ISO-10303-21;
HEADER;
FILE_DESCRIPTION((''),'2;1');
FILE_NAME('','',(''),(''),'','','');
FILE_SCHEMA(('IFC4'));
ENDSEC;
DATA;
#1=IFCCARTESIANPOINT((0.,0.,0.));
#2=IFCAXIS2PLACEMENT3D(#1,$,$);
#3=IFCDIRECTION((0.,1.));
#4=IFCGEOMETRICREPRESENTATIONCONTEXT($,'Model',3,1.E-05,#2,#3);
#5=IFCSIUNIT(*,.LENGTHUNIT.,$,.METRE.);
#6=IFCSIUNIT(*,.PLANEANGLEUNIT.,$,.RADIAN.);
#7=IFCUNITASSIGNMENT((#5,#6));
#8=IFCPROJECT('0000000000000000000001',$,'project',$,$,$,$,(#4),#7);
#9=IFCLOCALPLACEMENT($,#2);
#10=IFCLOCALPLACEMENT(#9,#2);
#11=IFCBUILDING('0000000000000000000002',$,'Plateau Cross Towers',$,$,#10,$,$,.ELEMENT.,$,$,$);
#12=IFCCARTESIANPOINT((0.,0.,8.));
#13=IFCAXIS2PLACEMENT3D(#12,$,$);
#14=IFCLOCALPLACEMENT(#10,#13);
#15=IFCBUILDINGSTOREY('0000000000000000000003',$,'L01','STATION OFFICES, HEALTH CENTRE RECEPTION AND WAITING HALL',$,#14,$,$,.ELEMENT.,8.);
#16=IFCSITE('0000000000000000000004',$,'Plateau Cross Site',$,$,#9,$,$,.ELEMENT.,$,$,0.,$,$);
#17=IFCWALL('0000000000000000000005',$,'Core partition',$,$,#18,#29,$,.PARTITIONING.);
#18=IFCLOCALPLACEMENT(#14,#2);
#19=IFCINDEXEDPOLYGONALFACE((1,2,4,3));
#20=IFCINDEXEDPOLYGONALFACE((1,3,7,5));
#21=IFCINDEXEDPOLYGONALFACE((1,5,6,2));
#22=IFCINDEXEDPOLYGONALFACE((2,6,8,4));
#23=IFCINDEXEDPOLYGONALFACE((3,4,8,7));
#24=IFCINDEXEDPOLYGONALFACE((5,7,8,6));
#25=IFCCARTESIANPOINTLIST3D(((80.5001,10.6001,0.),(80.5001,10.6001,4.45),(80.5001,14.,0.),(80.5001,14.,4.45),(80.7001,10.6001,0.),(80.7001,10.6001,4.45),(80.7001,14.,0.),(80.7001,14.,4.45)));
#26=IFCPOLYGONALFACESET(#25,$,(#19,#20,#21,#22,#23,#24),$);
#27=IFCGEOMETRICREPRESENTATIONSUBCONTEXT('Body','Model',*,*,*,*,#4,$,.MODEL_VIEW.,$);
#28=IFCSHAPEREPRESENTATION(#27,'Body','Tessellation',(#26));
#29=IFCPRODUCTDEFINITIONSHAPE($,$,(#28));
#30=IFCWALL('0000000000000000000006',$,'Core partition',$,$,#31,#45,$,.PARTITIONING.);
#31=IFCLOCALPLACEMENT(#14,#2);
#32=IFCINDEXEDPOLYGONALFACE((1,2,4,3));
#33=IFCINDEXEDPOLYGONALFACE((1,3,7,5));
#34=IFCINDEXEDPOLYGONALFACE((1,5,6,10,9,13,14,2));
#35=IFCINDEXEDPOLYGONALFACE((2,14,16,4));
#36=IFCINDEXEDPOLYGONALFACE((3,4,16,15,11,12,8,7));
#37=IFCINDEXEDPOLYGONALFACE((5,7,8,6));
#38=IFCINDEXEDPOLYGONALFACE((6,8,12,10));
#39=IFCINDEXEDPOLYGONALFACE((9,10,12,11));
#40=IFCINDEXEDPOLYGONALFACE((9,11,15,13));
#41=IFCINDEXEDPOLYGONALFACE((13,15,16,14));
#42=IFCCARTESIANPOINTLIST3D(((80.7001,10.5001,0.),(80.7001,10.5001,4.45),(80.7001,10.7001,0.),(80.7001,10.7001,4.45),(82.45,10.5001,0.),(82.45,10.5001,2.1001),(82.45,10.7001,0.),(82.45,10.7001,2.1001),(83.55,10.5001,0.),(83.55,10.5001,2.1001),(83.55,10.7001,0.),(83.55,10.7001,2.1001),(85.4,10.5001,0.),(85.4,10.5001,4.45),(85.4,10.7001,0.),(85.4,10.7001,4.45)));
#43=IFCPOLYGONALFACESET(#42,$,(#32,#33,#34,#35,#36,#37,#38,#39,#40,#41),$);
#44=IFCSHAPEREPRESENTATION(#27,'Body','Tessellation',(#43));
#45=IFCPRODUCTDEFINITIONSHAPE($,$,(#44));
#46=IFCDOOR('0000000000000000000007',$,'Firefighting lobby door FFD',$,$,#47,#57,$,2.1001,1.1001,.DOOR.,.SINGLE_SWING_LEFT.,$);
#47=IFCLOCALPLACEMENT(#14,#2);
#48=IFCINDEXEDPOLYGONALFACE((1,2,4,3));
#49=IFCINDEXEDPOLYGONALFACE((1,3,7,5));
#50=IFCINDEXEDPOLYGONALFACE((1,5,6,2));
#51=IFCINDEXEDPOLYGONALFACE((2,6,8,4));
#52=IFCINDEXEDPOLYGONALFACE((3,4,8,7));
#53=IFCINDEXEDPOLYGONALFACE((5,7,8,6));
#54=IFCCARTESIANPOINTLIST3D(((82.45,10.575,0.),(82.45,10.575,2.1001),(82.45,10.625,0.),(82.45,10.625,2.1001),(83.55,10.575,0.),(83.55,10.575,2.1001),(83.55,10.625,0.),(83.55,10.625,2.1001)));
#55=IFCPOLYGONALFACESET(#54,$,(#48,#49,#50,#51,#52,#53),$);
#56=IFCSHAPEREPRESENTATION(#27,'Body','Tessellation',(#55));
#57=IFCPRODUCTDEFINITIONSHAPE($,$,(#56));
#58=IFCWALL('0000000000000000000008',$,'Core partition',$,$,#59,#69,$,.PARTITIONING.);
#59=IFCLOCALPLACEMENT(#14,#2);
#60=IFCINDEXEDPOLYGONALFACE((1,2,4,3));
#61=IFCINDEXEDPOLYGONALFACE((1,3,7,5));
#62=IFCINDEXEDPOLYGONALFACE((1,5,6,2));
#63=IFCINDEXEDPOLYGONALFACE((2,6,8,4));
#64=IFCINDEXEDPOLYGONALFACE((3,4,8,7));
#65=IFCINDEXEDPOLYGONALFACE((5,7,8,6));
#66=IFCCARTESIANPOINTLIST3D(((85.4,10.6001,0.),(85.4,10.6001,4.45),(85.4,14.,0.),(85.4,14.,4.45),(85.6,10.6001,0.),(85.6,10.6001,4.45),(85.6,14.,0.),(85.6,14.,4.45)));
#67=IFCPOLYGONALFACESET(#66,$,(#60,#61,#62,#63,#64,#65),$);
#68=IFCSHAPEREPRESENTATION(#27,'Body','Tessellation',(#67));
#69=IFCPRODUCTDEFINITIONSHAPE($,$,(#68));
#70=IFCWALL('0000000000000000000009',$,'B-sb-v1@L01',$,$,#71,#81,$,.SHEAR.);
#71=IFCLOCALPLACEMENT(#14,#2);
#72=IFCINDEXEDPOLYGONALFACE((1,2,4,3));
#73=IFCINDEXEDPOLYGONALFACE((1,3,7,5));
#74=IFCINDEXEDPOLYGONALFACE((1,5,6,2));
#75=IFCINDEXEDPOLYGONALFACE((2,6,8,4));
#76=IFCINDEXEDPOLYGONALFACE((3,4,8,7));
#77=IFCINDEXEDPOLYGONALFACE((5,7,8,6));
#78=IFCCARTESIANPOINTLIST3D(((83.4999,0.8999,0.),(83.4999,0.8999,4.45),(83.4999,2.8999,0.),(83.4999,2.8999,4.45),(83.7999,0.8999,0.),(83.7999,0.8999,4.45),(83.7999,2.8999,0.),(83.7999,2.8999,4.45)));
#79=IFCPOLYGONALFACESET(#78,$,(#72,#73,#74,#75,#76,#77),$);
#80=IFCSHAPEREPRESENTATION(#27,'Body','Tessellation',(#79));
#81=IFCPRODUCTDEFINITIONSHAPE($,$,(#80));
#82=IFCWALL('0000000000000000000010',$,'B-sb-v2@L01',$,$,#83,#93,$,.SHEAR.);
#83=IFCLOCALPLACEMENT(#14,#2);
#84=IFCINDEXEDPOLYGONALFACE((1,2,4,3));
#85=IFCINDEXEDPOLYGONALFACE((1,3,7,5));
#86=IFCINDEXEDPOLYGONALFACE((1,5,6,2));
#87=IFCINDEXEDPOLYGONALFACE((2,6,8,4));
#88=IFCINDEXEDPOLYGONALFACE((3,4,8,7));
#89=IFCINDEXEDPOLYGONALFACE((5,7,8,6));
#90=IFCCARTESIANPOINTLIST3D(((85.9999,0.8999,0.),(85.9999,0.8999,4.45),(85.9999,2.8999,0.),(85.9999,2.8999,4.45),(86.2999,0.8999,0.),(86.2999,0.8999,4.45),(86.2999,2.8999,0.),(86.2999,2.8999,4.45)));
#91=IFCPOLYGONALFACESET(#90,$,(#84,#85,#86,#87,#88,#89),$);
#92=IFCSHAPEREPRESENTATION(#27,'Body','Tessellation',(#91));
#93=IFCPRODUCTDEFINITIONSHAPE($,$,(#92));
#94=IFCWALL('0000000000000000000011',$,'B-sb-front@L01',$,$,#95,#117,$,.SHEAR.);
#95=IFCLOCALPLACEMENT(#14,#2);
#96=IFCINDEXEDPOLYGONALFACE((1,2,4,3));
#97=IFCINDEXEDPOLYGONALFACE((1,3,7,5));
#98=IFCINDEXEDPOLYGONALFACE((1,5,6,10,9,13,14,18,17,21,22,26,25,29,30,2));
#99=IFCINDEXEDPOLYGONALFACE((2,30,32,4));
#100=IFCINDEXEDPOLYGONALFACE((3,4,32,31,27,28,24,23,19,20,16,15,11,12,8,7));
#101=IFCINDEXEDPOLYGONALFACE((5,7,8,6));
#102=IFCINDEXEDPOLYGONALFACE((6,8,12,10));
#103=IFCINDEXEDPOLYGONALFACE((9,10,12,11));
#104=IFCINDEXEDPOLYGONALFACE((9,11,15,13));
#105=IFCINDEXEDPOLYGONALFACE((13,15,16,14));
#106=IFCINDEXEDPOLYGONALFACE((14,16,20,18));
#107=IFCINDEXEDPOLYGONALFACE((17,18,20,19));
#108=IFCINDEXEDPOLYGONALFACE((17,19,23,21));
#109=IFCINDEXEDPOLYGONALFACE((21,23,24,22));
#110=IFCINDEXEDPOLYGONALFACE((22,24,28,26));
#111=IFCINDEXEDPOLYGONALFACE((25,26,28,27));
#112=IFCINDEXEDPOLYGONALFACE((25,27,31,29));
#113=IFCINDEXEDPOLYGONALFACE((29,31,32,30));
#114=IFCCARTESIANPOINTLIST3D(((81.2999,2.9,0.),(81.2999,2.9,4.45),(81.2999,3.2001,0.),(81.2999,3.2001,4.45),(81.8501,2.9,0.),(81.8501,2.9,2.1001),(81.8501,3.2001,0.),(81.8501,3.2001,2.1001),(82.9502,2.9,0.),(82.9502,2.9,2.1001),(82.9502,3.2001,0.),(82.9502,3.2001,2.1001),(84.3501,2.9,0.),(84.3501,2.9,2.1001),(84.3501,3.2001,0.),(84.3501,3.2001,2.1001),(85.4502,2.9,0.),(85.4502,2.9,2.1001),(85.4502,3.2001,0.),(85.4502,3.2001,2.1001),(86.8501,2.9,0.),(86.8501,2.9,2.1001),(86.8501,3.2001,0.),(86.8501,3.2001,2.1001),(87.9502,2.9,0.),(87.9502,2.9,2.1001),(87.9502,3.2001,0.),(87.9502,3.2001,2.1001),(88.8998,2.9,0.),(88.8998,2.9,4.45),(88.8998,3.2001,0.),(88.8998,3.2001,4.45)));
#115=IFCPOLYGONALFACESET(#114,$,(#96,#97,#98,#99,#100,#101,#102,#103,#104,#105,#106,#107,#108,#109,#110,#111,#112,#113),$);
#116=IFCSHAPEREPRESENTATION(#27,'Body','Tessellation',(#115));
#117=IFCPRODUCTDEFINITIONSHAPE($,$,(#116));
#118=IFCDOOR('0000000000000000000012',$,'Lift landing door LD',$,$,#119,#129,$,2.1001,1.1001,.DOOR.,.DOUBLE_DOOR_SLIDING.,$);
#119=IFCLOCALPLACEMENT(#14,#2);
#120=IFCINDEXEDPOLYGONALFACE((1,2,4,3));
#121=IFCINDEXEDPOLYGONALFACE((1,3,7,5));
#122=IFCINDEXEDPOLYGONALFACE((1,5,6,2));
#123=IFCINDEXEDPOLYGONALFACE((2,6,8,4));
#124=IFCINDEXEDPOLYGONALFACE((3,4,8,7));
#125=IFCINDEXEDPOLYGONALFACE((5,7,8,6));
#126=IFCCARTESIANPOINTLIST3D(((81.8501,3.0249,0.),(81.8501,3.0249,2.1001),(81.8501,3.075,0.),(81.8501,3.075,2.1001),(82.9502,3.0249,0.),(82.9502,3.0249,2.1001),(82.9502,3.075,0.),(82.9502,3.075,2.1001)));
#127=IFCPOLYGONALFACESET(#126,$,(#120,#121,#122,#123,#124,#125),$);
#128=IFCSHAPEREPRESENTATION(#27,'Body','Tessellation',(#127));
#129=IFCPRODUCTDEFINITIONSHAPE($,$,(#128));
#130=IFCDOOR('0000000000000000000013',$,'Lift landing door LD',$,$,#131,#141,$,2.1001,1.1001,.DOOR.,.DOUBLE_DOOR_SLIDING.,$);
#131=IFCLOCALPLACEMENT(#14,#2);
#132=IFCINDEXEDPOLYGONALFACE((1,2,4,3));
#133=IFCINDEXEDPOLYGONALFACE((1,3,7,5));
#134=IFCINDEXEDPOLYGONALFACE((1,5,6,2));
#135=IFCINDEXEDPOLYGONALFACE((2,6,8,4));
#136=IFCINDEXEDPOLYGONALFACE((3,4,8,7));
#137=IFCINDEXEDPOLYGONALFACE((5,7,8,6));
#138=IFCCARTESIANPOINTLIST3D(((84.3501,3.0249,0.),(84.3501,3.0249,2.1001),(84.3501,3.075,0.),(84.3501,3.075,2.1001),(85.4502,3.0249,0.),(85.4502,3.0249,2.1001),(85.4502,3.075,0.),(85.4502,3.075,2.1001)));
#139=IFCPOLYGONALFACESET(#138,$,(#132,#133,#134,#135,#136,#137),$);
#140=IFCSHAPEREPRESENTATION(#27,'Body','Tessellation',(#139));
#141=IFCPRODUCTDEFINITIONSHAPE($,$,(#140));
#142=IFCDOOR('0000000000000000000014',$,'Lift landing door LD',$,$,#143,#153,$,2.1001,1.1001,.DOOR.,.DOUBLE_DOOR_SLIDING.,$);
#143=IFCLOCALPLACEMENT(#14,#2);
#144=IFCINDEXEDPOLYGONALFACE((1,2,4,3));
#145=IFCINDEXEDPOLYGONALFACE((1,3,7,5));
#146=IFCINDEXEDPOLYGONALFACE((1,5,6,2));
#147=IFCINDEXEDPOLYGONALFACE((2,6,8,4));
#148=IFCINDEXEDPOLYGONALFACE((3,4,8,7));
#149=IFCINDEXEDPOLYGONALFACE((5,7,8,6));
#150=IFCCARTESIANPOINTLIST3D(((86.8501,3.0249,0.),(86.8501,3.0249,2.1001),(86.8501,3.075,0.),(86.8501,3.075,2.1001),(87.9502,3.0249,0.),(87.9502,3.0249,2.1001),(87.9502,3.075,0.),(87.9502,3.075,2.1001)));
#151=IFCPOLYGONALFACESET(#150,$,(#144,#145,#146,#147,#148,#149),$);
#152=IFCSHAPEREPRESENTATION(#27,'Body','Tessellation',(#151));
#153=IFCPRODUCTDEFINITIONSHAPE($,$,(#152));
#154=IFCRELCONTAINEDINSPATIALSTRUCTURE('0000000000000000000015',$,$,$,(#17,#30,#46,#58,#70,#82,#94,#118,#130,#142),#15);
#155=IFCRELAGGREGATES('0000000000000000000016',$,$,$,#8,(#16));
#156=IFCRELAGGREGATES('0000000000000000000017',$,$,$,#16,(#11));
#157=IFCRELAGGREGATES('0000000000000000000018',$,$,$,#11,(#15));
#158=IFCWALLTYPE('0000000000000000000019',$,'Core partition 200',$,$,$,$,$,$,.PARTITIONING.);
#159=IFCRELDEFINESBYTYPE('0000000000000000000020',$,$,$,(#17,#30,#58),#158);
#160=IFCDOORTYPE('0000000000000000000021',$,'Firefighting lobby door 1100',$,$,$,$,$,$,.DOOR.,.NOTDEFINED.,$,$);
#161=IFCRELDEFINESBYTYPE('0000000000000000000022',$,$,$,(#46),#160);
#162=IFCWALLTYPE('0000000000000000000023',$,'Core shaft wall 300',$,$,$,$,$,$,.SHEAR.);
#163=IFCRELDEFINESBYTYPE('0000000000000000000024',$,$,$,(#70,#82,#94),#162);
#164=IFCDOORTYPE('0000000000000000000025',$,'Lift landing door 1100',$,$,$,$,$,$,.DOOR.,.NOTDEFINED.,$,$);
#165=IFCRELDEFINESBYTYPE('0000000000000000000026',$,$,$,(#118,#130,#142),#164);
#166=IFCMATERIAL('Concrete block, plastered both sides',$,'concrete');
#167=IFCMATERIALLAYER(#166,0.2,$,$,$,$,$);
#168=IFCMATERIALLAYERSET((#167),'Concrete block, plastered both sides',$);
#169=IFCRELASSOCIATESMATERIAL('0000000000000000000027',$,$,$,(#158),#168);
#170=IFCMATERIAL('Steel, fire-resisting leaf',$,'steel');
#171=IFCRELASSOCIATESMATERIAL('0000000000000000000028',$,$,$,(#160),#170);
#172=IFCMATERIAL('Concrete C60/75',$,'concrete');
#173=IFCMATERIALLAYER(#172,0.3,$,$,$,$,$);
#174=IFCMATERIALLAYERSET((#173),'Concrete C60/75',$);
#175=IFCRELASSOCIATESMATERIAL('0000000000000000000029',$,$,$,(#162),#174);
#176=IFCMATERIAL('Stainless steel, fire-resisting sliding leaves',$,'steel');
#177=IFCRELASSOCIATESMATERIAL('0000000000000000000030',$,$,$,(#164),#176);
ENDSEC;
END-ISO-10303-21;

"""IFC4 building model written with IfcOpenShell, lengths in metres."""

from ifc_helpers import new_model, si_unit, direction, frame, frame_2d, origin, place, context, subcontext, project, spatial, rectangle, extrude, material, layer, layer_set, type_object, element, fill, save


model = new_model("IFC4")

# Units and contexts
model_context = context("Model", 3, precision=1e-05, world=origin(), true_north=direction((0.0, 1.0)))
body_context = subcontext(model_context, "Body", "Model", "MODEL_VIEW")
ifc_project = project(units=[si_unit("LENGTHUNIT", "METRE"), si_unit("PLANEANGLEUNIT", "RADIAN")], contexts=[model_context])

# Site, building, storey
site_placement = place(None, origin())
site = spatial("IfcSite", under=ifc_project, at=site_placement, Name="Plateau Cross Site", CompositionType="ELEMENT", RefElevation=0.0)
building_placement = place(site_placement, origin())
building = spatial("IfcBuilding", under=site, at=building_placement, Name="Plateau Cross Towers", CompositionType="ELEMENT")
storey_placement = place(building_placement, frame((0.0, 0.0, 8.0)))
storey = spatial("IfcBuildingStorey", under=building, at=storey_placement, Name="L01", Description="STATION OFFICES, HEALTH CENTRE RECEPTION AND WAITING HALL", CompositionType="ELEMENT", Elevation=8.0)

# Wall
ifc_material_1 = material(Name="Concrete block, plastered both sides", Category="concrete")
ifc_layer_1 = layer(ifc_material_1, 0.2)
ifc_layer_set_1 = layer_set([ifc_layer_1], Name="Concrete block, plastered both sides")
wall_type_1 = type_object("IfcWallType", Name="Core partition 200", PredefinedType="PARTITIONING", material=ifc_layer_set_1)
wall_1_placement = place(storey_placement, frame((80.6001, 10.6001, 0.0), z_axis=(0.0, 0.0, 1.0), x_axis=(0.0, 1.0, 0.0)))
element("IfcWall", 1, at=wall_1_placement, inside=storey, type_object=wall_type_1, Name="Core partition", PredefinedType="PARTITIONING", context=body_context, shape_type="SweptSolid", body=[
    extrude(rectangle(XDim=3.3999, YDim=0.2, at=frame_2d((1.7, 0.0))), origin(), (0.0, 0.0, 1.0), 4.45),
])

# Wall, opening, door
wall_2_placement = place(storey_placement, frame((80.7, 10.6001, 0.0), z_axis=(0.0, 0.0, 1.0), x_axis=(1.0, 0.0, 0.0)))
wall_2 = element("IfcWall", 2, at=wall_2_placement, inside=storey, type_object=wall_type_1, Name="Core partition", PredefinedType="PARTITIONING", context=body_context, shape_type="SweptSolid", body=[
    extrude(rectangle(XDim=4.7, YDim=0.2, at=frame_2d((2.3501, 0.0))), origin(), (0.0, 0.0, 1.0), 4.45),
])
opening_1_placement = place(wall_2_placement, frame((1.75, 0.0, 0.0)))
opening_1 = element("IfcOpeningElement", 3, at=opening_1_placement, cuts=wall_2, PredefinedType="OPENING", context=body_context, shape_type="SweptSolid", body=[
    extrude(rectangle(XDim=1.1001, YDim=2.1001, at=frame_2d((0.55, 1.05))), frame((0.0, 0.1099, 0.0), z_axis=(0.0, -1.0, 0.0), x_axis=(1.0, 0.0, 0.0)), (0.0, 0.0, 1.0), 0.22),
])
ifc_material_2 = material(Name="Steel, fire-resisting leaf", Category="steel")
door_type_1 = type_object("IfcDoorType", Name="Firefighting lobby door 1100", OperationType="NOTDEFINED", PredefinedType="DOOR", material=ifc_material_2)
door_1_placement = place(opening_1_placement, origin())
door_1 = element("IfcDoor", 4, at=door_1_placement, inside=storey, type_object=door_type_1, Name="Firefighting lobby door FFD", OperationType="SINGLE_SWING_LEFT", OverallHeight=2.1001, OverallWidth=1.1001, PredefinedType="DOOR", context=body_context, shape_type="SweptSolid", body=[
    extrude(rectangle(XDim=1.1001, YDim=2.1001, at=frame_2d((0.55, 1.05))), frame((0.0, 0.0249, 0.0), z_axis=(0.0, -1.0, 0.0), x_axis=(1.0, 0.0, 0.0)), (0.0, 0.0, 1.0), 0.05),
])
fill(opening_1, door_1)

# Walls
wall_3_placement = place(storey_placement, frame((85.5, 10.6001, 0.0), z_axis=(0.0, 0.0, 1.0), x_axis=(0.0, 1.0, 0.0)))
element("IfcWall", 5, at=wall_3_placement, inside=storey, type_object=wall_type_1, Name="Core partition", PredefinedType="PARTITIONING", context=body_context, shape_type="SweptSolid", body=[
    extrude(rectangle(XDim=3.3999, YDim=0.2, at=frame_2d((1.7, 0.0))), origin(), (0.0, 0.0, 1.0), 4.45),
])
ifc_material_3 = material(Name="Concrete C60/75", Category="concrete")
ifc_layer_2 = layer(ifc_material_3, 0.3)
ifc_layer_set_2 = layer_set([ifc_layer_2], Name="Concrete C60/75")
wall_type_2 = type_object("IfcWallType", Name="Core shaft wall 300", PredefinedType="SHEAR", material=ifc_layer_set_2)
for number, where, z_axis, x_axis, name in (
    (6, (83.6499, 0.8999, 0.0), (0.0, 0.0, 1.0), (0.0, 1.0, 0.0), "B-sb-v1@L01"),
    (7, (86.1499, 0.8999, 0.0), (0.0, 0.0, 1.0), (0.0, 1.0, 0.0), "B-sb-v2@L01"),
):
    element("IfcWall", number, at=place(storey_placement, frame(where, z_axis=z_axis, x_axis=x_axis)), inside=storey, type_object=wall_type_2, Name=name, PredefinedType="SHEAR", context=body_context, shape_type="SweptSolid", body=[
        extrude(rectangle(XDim=2.0, YDim=0.3, at=frame_2d((1.0, 0.0))), origin(), (0.0, 0.0, 1.0), 4.45),
    ])

# Wall, openings, doors
wall_4_placement = place(storey_placement, frame((81.3, 3.05, 0.0), z_axis=(0.0, 0.0, 1.0), x_axis=(1.0, 0.0, 0.0)))
wall_4 = element("IfcWall", 8, at=wall_4_placement, inside=storey, type_object=wall_type_2, Name="B-sb-front@L01", PredefinedType="SHEAR", context=body_context, shape_type="SweptSolid", body=[
    extrude(rectangle(XDim=7.5999, YDim=0.3, at=frame_2d((3.7998, 0.0))), origin(), (0.0, 0.0, 1.0), 4.45),
])
opening_2_placement = place(wall_4_placement, frame((0.55, 0.0, 0.0)))
opening_2 = element("IfcOpeningElement", 9, at=opening_2_placement, cuts=wall_4, PredefinedType="OPENING", context=body_context, shape_type="SweptSolid", body=[
    extrude(rectangle(XDim=1.1001, YDim=2.1001, at=frame_2d((0.55, 1.05))), frame((0.0, 0.1599, 0.0), z_axis=(0.0, -1.0, 0.0), x_axis=(1.0, 0.0, 0.0)), (0.0, 0.0, 1.0), 0.3201),
])
opening_3_placement = place(wall_4_placement, frame((3.05, 0.0, 0.0)))
opening_3 = element("IfcOpeningElement", 10, at=opening_3_placement, cuts=wall_4, PredefinedType="OPENING", context=body_context, shape_type="SweptSolid", body=[
    extrude(rectangle(XDim=1.1001, YDim=2.1001, at=frame_2d((0.55, 1.05))), frame((0.0, 0.1599, 0.0), z_axis=(0.0, -1.0, 0.0), x_axis=(1.0, 0.0, 0.0)), (0.0, 0.0, 1.0), 0.3201),
])
opening_4_placement = place(wall_4_placement, frame((5.55, 0.0, 0.0)))
opening_4 = element("IfcOpeningElement", 11, at=opening_4_placement, cuts=wall_4, PredefinedType="OPENING", context=body_context, shape_type="SweptSolid", body=[
    extrude(rectangle(XDim=1.1001, YDim=2.1001, at=frame_2d((0.55, 1.05))), frame((0.0, 0.1599, 0.0), z_axis=(0.0, -1.0, 0.0), x_axis=(1.0, 0.0, 0.0)), (0.0, 0.0, 1.0), 0.3201),
])
ifc_material_4 = material(Name="Stainless steel, fire-resisting sliding leaves", Category="steel")
door_type_2 = type_object("IfcDoorType", Name="Lift landing door 1100", OperationType="NOTDEFINED", PredefinedType="DOOR", material=ifc_material_4)
door_2_placement = place(opening_2_placement, origin())
door_2 = element("IfcDoor", 12, at=door_2_placement, inside=storey, type_object=door_type_2, Name="Lift landing door LD", OperationType="DOUBLE_DOOR_SLIDING", OverallHeight=2.1001, OverallWidth=1.1001, PredefinedType="DOOR", context=body_context, shape_type="SweptSolid", body=[
    extrude(rectangle(XDim=1.1001, YDim=2.1001, at=frame_2d((0.55, 1.05))), frame((0.0, 0.0249, 0.0), z_axis=(0.0, -1.0, 0.0), x_axis=(1.0, 0.0, 0.0)), (0.0, 0.0, 1.0), 0.05),
])
fill(opening_2, door_2)
door_3_placement = place(opening_3_placement, origin())
door_3 = element("IfcDoor", 13, at=door_3_placement, inside=storey, type_object=door_type_2, Name="Lift landing door LD", OperationType="DOUBLE_DOOR_SLIDING", OverallHeight=2.1001, OverallWidth=1.1001, PredefinedType="DOOR", context=body_context, shape_type="SweptSolid", body=[
    extrude(rectangle(XDim=1.1001, YDim=2.1001, at=frame_2d((0.55, 1.05))), frame((0.0, 0.0249, 0.0), z_axis=(0.0, -1.0, 0.0), x_axis=(1.0, 0.0, 0.0)), (0.0, 0.0, 1.0), 0.05),
])
fill(opening_3, door_3)
door_4_placement = place(opening_4_placement, origin())
door_4 = element("IfcDoor", 14, at=door_4_placement, inside=storey, type_object=door_type_2, Name="Lift landing door LD", OperationType="DOUBLE_DOOR_SLIDING", OverallHeight=2.1001, OverallWidth=1.1001, PredefinedType="DOOR", context=body_context, shape_type="SweptSolid", body=[
    extrude(rectangle(XDim=1.1001, YDim=2.1001, at=frame_2d((0.55, 1.05))), frame((0.0, 0.0249, 0.0), z_axis=(0.0, -1.0, 0.0), x_axis=(1.0, 0.0, 0.0)), (0.0, 0.0, 1.0), 0.05),
])
fill(opening_4, door_4)

save(model, "model.ifc")
